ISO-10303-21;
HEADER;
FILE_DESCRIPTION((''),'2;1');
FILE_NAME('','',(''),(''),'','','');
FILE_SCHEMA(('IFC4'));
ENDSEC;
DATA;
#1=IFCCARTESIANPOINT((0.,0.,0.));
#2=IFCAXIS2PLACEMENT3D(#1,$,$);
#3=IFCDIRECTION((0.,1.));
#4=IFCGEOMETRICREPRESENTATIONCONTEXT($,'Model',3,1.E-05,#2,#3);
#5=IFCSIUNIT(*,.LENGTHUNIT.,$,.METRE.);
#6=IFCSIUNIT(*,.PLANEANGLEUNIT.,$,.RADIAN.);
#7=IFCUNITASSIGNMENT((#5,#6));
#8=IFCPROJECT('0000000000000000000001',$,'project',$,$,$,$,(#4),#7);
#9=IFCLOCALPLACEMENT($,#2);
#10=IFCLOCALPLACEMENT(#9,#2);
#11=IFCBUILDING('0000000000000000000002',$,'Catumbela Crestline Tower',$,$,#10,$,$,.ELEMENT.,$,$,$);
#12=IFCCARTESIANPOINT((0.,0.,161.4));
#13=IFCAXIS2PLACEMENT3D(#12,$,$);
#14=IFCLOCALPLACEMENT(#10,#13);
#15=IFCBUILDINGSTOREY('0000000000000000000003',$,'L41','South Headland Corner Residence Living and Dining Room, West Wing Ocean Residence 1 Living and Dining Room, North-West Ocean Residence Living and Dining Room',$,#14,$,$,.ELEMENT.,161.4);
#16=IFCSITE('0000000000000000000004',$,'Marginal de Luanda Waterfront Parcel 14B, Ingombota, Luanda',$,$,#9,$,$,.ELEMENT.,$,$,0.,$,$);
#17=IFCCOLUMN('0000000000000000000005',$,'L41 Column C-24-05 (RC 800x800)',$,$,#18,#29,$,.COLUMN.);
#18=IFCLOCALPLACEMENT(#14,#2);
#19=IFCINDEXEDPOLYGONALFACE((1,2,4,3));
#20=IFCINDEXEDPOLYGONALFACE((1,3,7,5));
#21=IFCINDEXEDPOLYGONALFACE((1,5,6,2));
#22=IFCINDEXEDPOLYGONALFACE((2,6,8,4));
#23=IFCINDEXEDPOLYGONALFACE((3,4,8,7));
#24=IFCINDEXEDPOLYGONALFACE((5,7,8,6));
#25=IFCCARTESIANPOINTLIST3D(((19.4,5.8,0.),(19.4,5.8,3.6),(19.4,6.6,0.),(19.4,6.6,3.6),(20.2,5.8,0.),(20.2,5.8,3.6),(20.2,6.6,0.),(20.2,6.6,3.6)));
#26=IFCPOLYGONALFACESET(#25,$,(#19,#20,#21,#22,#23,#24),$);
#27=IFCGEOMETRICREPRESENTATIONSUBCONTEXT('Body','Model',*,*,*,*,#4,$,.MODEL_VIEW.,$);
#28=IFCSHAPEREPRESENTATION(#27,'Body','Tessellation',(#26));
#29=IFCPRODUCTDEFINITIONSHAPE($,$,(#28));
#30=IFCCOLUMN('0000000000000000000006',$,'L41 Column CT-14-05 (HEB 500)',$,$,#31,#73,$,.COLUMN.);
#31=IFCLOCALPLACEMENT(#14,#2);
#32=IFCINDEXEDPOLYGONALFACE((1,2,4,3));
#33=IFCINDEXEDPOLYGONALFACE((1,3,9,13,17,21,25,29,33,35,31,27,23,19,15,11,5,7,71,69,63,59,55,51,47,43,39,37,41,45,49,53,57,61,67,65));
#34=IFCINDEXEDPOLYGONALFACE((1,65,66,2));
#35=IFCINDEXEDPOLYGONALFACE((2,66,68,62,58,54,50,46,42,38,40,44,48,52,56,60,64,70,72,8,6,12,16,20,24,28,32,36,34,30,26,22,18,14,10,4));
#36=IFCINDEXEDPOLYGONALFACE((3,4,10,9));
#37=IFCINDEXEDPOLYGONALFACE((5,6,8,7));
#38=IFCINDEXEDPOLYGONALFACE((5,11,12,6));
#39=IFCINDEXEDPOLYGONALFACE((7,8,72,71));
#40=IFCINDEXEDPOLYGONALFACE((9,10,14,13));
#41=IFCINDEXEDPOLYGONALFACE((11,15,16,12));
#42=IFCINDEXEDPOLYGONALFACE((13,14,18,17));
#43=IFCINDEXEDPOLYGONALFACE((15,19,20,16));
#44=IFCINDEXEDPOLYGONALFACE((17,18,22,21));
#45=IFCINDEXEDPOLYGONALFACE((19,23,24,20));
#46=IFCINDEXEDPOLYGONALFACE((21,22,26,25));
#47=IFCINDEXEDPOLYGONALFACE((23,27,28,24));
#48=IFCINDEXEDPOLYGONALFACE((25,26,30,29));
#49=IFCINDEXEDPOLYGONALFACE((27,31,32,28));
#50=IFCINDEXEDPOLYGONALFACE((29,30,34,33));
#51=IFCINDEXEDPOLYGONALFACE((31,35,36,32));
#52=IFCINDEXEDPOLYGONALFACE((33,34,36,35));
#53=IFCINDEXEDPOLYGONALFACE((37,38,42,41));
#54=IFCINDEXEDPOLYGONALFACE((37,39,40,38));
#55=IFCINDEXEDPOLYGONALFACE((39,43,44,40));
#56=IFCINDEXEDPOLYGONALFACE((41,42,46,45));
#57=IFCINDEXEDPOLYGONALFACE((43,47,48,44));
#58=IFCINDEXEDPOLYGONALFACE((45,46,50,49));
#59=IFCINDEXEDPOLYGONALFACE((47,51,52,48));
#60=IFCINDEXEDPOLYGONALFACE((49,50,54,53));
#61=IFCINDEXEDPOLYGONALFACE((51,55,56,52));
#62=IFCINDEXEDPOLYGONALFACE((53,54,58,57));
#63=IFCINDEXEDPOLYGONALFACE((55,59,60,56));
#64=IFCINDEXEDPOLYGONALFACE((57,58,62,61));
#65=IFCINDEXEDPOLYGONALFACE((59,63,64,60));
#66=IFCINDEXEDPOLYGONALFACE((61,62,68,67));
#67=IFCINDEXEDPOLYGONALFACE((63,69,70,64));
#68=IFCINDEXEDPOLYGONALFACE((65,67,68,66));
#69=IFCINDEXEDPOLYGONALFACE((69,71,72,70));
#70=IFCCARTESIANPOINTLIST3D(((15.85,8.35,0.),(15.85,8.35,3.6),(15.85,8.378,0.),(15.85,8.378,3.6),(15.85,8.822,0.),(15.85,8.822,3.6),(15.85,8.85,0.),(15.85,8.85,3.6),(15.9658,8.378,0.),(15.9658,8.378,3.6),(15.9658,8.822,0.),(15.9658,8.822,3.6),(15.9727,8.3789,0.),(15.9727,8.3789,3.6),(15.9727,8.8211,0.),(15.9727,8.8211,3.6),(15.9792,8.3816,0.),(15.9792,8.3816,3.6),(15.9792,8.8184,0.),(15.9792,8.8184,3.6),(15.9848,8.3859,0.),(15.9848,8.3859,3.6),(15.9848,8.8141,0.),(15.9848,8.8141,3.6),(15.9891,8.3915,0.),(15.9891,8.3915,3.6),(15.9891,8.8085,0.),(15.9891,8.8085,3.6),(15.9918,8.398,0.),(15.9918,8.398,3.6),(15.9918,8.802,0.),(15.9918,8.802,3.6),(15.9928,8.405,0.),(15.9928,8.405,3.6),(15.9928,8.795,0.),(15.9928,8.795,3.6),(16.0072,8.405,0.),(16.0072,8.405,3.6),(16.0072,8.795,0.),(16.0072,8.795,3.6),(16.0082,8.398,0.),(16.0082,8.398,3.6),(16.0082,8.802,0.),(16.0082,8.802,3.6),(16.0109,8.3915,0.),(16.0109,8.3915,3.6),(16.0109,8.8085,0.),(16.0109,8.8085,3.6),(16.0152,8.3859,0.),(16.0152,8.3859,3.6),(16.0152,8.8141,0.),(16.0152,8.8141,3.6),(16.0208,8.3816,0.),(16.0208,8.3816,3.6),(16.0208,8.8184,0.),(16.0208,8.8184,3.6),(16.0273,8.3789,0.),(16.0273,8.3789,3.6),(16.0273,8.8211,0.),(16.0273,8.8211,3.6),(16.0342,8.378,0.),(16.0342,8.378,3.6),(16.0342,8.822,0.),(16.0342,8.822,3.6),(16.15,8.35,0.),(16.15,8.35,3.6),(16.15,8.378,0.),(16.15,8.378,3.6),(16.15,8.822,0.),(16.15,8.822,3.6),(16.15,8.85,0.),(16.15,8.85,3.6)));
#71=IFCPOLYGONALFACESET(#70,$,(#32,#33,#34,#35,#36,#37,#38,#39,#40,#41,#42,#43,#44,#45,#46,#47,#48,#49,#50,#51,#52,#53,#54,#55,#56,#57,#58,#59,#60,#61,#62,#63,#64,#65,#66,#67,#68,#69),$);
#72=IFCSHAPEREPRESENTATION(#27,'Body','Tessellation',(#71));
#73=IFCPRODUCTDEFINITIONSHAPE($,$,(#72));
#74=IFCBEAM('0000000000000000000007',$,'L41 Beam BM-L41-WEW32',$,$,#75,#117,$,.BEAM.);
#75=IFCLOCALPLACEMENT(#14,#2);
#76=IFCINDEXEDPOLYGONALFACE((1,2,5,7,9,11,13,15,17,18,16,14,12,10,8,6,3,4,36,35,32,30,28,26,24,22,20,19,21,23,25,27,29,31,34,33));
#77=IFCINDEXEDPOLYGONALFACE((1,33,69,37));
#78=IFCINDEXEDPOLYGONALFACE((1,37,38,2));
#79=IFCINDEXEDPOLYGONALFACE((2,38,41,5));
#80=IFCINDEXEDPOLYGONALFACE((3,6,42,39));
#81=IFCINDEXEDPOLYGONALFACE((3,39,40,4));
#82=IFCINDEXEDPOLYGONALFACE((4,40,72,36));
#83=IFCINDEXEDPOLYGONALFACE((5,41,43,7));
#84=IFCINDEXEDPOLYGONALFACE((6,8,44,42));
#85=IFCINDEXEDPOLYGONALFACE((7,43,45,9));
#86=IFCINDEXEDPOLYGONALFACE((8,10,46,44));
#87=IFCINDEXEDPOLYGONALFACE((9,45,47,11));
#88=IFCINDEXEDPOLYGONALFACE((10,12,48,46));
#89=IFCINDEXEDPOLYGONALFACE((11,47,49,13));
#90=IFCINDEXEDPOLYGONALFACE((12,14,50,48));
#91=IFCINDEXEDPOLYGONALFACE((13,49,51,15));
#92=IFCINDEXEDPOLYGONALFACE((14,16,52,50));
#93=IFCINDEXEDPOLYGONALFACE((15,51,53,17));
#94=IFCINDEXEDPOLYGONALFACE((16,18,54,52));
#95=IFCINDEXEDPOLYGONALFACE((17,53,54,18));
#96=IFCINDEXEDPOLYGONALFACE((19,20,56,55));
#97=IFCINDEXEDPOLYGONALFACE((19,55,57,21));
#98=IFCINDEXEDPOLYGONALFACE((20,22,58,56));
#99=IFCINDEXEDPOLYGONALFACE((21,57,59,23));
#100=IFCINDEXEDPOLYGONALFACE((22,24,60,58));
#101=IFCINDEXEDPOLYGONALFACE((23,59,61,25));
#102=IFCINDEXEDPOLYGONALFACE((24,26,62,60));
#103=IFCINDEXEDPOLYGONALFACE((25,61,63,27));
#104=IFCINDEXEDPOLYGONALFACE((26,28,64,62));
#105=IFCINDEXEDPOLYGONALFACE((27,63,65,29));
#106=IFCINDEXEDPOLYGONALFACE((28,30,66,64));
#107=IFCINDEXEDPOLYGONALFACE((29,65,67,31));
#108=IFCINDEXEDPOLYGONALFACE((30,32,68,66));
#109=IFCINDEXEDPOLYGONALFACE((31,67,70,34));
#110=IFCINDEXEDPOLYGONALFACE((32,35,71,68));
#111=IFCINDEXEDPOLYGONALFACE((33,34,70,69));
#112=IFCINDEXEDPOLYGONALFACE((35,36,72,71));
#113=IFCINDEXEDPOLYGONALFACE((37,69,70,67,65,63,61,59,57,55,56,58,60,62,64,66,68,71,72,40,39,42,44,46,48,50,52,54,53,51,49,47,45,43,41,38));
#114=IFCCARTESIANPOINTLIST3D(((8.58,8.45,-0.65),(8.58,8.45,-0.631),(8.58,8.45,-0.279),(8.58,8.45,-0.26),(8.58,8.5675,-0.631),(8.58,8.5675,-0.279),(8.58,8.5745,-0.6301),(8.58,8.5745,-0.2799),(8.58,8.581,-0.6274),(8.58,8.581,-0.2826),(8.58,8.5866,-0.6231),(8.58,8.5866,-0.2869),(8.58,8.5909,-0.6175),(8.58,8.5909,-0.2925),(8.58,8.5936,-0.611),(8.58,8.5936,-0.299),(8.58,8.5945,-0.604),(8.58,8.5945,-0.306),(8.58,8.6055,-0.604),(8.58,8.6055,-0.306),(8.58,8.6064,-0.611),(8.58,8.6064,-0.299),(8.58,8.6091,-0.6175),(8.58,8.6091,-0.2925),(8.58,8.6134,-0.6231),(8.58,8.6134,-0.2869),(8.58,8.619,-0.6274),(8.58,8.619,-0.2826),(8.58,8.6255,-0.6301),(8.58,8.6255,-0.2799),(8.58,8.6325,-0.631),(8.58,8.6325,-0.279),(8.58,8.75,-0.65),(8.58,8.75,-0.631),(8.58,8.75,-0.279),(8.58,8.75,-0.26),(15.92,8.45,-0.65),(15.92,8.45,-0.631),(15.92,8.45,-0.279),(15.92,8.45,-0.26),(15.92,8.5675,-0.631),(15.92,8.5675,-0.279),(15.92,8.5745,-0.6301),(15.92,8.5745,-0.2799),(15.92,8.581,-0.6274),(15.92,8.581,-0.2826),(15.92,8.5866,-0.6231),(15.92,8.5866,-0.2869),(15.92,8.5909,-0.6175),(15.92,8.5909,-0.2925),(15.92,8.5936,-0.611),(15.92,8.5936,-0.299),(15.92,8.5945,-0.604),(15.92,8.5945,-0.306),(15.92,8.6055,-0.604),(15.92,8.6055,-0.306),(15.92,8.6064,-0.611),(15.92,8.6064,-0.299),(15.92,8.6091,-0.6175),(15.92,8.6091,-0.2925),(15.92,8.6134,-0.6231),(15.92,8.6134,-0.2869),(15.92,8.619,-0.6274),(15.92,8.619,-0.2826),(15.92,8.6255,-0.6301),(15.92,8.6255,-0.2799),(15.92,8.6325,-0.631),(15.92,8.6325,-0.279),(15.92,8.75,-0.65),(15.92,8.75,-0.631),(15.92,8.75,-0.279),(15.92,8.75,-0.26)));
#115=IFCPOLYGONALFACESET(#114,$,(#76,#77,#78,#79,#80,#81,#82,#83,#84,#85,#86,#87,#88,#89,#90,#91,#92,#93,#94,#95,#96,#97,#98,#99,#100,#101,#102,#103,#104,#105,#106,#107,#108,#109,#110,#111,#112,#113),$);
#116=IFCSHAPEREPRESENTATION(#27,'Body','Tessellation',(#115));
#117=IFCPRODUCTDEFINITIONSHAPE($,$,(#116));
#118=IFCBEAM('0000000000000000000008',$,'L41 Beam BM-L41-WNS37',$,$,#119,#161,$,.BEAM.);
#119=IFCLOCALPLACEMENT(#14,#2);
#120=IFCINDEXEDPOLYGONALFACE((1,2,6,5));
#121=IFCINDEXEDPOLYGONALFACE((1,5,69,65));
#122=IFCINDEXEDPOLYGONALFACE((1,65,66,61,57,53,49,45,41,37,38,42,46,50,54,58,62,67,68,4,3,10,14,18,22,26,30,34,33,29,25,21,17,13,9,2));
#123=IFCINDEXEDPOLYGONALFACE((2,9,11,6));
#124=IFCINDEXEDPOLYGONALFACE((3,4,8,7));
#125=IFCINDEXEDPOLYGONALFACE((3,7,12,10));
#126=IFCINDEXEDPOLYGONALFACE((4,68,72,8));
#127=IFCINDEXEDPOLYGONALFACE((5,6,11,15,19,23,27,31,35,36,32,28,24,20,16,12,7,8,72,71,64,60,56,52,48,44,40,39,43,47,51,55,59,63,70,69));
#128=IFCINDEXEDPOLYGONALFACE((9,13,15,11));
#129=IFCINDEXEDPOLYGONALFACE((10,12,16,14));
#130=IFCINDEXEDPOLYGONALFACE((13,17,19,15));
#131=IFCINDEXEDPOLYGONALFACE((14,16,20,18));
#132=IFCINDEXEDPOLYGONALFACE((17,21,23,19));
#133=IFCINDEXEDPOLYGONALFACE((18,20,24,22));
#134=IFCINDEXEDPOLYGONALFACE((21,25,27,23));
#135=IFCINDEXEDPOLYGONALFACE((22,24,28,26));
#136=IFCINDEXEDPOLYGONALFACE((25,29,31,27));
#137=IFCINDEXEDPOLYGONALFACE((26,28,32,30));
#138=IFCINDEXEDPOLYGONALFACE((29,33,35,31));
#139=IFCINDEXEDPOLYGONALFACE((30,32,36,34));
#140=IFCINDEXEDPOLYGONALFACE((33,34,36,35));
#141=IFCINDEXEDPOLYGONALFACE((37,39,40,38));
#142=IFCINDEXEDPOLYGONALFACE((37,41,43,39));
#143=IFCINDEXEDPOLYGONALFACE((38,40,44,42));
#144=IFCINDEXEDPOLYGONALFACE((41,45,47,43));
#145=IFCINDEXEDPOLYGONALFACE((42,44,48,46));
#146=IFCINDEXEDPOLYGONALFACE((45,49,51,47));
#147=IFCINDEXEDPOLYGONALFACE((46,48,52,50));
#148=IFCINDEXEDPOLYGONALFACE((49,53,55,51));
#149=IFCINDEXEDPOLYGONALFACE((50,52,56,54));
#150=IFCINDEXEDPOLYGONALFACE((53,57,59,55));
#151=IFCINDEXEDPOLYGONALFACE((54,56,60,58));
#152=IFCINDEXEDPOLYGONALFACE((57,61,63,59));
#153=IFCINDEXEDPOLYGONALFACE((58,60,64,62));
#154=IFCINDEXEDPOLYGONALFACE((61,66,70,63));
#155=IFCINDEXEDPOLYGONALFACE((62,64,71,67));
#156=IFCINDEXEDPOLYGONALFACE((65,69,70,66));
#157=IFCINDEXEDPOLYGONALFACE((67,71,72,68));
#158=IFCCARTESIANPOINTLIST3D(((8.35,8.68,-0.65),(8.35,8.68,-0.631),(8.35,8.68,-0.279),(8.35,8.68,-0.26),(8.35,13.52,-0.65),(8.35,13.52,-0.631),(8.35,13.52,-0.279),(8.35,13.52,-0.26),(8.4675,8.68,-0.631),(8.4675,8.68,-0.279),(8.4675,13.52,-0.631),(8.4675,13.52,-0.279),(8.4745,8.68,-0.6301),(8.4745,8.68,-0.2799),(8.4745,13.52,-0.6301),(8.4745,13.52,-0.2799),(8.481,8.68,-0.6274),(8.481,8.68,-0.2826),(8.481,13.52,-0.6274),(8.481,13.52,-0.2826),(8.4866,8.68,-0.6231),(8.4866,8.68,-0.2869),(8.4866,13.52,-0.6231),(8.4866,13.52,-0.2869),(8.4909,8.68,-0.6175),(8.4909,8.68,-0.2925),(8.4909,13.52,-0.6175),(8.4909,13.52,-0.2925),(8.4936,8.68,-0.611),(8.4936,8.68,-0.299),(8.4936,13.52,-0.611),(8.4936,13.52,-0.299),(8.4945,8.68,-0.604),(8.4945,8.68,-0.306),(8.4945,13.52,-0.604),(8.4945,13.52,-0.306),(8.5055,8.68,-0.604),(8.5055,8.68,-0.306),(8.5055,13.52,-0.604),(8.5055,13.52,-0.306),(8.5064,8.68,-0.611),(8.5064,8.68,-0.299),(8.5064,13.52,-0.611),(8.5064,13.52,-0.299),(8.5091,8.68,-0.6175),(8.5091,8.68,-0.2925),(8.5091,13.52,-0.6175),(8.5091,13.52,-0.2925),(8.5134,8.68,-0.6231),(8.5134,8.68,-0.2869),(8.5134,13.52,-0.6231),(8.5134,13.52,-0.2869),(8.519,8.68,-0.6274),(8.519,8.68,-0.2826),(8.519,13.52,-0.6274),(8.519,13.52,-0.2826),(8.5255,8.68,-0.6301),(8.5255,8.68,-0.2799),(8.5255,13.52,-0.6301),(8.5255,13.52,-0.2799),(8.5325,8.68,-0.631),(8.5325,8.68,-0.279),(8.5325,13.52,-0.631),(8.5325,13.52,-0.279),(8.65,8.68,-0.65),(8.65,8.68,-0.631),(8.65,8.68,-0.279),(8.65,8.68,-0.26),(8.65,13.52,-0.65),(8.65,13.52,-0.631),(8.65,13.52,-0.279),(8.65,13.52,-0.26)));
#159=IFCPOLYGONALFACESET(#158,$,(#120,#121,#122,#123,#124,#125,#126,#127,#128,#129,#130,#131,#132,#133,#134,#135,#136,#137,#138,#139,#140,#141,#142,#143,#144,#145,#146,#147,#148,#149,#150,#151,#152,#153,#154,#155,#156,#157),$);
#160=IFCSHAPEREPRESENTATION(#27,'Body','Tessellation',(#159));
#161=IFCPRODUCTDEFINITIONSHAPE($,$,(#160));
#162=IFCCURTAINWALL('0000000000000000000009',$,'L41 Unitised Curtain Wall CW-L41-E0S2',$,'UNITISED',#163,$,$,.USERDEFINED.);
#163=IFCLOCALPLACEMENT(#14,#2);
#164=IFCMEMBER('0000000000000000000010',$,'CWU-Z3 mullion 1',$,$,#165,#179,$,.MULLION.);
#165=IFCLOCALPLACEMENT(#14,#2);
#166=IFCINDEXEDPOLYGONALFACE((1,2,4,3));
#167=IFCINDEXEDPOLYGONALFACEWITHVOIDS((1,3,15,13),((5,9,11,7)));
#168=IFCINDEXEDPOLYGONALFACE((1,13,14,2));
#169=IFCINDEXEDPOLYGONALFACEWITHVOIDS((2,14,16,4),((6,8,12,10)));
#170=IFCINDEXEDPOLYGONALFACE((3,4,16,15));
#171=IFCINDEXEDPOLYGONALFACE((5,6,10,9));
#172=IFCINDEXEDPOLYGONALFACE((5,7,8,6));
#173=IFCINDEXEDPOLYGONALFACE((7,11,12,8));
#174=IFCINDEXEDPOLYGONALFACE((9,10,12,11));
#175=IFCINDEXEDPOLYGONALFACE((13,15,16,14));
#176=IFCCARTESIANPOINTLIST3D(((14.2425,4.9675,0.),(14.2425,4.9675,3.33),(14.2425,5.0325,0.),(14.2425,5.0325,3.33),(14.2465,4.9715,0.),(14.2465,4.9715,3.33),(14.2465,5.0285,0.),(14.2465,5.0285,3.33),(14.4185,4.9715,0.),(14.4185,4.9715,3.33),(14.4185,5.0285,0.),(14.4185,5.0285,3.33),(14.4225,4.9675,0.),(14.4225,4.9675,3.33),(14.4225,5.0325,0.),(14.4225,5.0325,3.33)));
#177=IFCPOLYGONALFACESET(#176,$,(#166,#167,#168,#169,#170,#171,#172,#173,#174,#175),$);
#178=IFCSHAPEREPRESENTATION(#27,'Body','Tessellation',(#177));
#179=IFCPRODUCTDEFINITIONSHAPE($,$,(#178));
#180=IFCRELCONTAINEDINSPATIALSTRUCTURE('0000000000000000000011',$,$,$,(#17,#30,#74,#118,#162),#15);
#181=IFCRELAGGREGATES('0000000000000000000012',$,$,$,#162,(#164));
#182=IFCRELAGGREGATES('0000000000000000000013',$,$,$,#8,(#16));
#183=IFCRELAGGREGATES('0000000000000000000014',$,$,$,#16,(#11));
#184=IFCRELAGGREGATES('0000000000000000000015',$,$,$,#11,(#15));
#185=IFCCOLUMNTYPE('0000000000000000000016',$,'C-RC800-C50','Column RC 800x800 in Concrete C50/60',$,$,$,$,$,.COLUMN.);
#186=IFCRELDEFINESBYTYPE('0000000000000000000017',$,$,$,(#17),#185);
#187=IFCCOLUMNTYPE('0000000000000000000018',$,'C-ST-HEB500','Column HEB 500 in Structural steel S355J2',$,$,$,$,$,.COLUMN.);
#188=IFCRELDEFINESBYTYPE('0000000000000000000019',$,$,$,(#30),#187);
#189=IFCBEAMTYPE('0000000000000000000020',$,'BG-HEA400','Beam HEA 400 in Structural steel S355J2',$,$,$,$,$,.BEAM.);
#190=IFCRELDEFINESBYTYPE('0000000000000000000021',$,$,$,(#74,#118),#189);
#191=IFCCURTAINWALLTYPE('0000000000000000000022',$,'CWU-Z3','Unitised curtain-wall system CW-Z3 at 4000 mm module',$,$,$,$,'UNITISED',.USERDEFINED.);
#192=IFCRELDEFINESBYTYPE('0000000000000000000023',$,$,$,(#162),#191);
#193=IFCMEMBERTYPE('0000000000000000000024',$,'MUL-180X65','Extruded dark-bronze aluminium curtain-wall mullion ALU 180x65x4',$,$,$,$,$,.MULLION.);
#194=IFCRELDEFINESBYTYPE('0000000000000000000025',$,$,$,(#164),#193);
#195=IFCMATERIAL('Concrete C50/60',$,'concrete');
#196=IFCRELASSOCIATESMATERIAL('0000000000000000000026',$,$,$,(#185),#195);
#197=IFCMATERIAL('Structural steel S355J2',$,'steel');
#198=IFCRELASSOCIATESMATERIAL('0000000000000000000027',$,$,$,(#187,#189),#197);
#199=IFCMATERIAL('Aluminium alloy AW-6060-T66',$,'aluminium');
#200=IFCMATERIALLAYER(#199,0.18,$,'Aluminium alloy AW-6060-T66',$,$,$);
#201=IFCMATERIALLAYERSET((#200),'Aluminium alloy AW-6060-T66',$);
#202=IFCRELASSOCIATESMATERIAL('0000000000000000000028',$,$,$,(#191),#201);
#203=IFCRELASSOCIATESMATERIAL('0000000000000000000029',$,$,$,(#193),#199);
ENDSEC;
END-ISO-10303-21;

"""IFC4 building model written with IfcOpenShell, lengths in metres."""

from ifc_helpers import new_model, si_unit, direction, frame, origin, origin_2d, place, context, subcontext, project, spatial, rectangle, hollow_rectangle, i_section, extrude, material, layer, layer_set, material_profile, profile_set, type_object, element, aggregate, save


model = new_model("IFC4")

# Units and contexts
model_context = context("Model", 3, precision=1e-05, world=origin(), true_north=direction((0.0, 1.0)))
body_context = subcontext(model_context, "Body", "Model", "MODEL_VIEW")
ifc_project = project(units=[si_unit("LENGTHUNIT", "METRE"), si_unit("PLANEANGLEUNIT", "RADIAN")], contexts=[model_context])

# Site, building, storey
site_placement = place(None, origin())
site = spatial("IfcSite", under=ifc_project, at=site_placement, Name="Marginal de Luanda Waterfront Parcel 14B, Ingombota, Luanda", CompositionType="ELEMENT", RefElevation=0.0)
building_placement = place(site_placement, origin())
building = spatial("IfcBuilding", under=site, at=building_placement, Name="Catumbela Crestline Tower", CompositionType="ELEMENT")
storey_placement = place(building_placement, frame((0.0, 0.0, 161.4)))
storey = spatial("IfcBuildingStorey", under=building, at=storey_placement, Name="L41", Description="South Headland Corner Residence Living and Dining Room, West Wing Ocean Residence 1 Living and Dining Room, North-West Ocean Residence Living and Dining Room", CompositionType="ELEMENT", Elevation=161.4)

# Columns
ifc_material_1 = material(Name="Concrete C50/60", Category="concrete")
ifc_material_profile_1 = material_profile(ifc_material_1, rectangle(XDim=0.8, YDim=0.8, at=origin_2d()), Name="RC 800x800")
ifc_profile_set_1 = profile_set([ifc_material_profile_1], Name="Concrete C50/60")
column_type_1 = type_object("IfcColumnType", Name="C-RC800-C50", Description="Column RC 800x800 in Concrete C50/60", PredefinedType="COLUMN", material=ifc_profile_set_1)
column_1_placement = place(storey_placement, frame((19.8, 6.2, 0.0), z_axis=(0.0, 0.0, 1.0), x_axis=(1.0, 0.0, 0.0)))
element("IfcColumn", 1, at=column_1_placement, inside=storey, type_object=column_type_1, Name="L41 Column C-24-05 (RC 800x800)", PredefinedType="COLUMN", context=body_context, shape_type="SweptSolid", body=[
    extrude(rectangle(XDim=0.8, YDim=0.8, at=origin_2d()), origin(), (0.0, 0.0, 1.0), 3.6),
])
ifc_material_2 = material(Name="Structural steel S355J2", Category="steel")
ifc_material_profile_2 = material_profile(ifc_material_2, i_section(OverallWidth=0.3, OverallDepth=0.5, WebThickness=0.0145, FlangeThickness=0.028, FilletRadius=0.027, at=origin_2d()), Name="HEB 500")
ifc_profile_set_2 = profile_set([ifc_material_profile_2], Name="Structural steel S355J2")
column_type_2 = type_object("IfcColumnType", Name="C-ST-HEB500", Description="Column HEB 500 in Structural steel S355J2", PredefinedType="COLUMN", material=ifc_profile_set_2)
column_2_placement = place(storey_placement, frame((16.0, 8.6, 0.0), z_axis=(0.0, 0.0, 1.0), x_axis=(1.0, 0.0, 0.0)))
element("IfcColumn", 2, at=column_2_placement, inside=storey, type_object=column_type_2, Name="L41 Column CT-14-05 (HEB 500)", PredefinedType="COLUMN", context=body_context, shape_type="SweptSolid", body=[
    extrude(i_section(OverallWidth=0.3, OverallDepth=0.5, WebThickness=0.0145, FlangeThickness=0.028, FilletRadius=0.027, at=origin_2d()), origin(), (0.0, 0.0, 1.0), 3.6),
])

# Beams
ifc_material_profile_3 = material_profile(ifc_material_2, i_section(OverallWidth=0.3, OverallDepth=0.39, WebThickness=0.011, FlangeThickness=0.019, FilletRadius=0.027, at=origin_2d()), Name="HEA 400")
ifc_profile_set_3 = profile_set([ifc_material_profile_3], Name="Structural steel S355J2")
beam_type = type_object("IfcBeamType", Name="BG-HEA400", Description="Beam HEA 400 in Structural steel S355J2", PredefinedType="BEAM", material=ifc_profile_set_3)
beam_1_placement = place(storey_placement, frame((8.58, 8.6, -0.455), z_axis=(1.0, 0.0, 0.0), x_axis=(0.0, 1.0, 0.0)))
element("IfcBeam", 3, at=beam_1_placement, inside=storey, type_object=beam_type, Name="L41 Beam BM-L41-WEW32", PredefinedType="BEAM", context=body_context, shape_type="SweptSolid", body=[
    extrude(i_section(OverallWidth=0.3, OverallDepth=0.39, WebThickness=0.011, FlangeThickness=0.019, FilletRadius=0.027, at=origin_2d()), origin(), (0.0, 0.0, 1.0), 7.34),
])
beam_2_placement = place(storey_placement, frame((8.5, 8.68, -0.455), z_axis=(0.0, 1.0, 0.0), x_axis=(-1.0, 0.0, 0.0)))
element("IfcBeam", 4, at=beam_2_placement, inside=storey, type_object=beam_type, Name="L41 Beam BM-L41-WNS37", PredefinedType="BEAM", context=body_context, shape_type="SweptSolid", body=[
    extrude(i_section(OverallWidth=0.3, OverallDepth=0.39, WebThickness=0.011, FlangeThickness=0.019, FilletRadius=0.027, at=origin_2d()), origin(), (0.0, 0.0, 1.0), 4.84),
])

# Curtain wall, member
ifc_material_3 = material(Name="Aluminium alloy AW-6060-T66", Category="aluminium")
ifc_layer_1 = layer(ifc_material_3, 0.18, Name="Aluminium alloy AW-6060-T66")
ifc_layer_set_1 = layer_set([ifc_layer_1], Name="Aluminium alloy AW-6060-T66")
curtain_wall_type = type_object("IfcCurtainWallType", Name="CWU-Z3", Description="Unitised curtain-wall system CW-Z3 at 4000 mm module", ElementType="UNITISED", PredefinedType="USERDEFINED", material=ifc_layer_set_1)
curtain_wall_placement = place(storey_placement, origin())
curtain_wall = element("IfcCurtainWall", 5, at=curtain_wall_placement, inside=storey, type_object=curtain_wall_type, Name="L41 Unitised Curtain Wall CW-L41-E0S2", ObjectType="UNITISED", PredefinedType="USERDEFINED")
ifc_material_profile_4 = material_profile(ifc_material_3, hollow_rectangle(XDim=0.065, YDim=0.18, WallThickness=0.004, at=origin_2d()), Name="ALU 180x65x4")
ifc_profile_set_4 = profile_set([ifc_material_profile_4], Name="Aluminium alloy AW-6060-T66")
member_type_1 = type_object("IfcMemberType", Name="MUL-180X65", Description="Extruded dark-bronze aluminium curtain-wall mullion ALU 180x65x4", PredefinedType="MULLION", material=ifc_profile_set_4)
member_1_placement = place(storey_placement, frame((14.3325, 5.0, 0.0), z_axis=(0.0, 0.0, 1.0), x_axis=(0.0, 1.0, 0.0)))
member_1 = element("IfcMember", 6, at=member_1_placement, type_object=member_type_1, Name="CWU-Z3 mullion 1", PredefinedType="MULLION", context=body_context, shape_type="SweptSolid", body=[
    extrude(hollow_rectangle(XDim=0.065, YDim=0.18, WallThickness=0.004, at=origin_2d()), origin(), (0.0, 0.0, 1.0), 3.33),
])
aggregate(curtain_wall, [member_1])

save(model, "model.ifc")
